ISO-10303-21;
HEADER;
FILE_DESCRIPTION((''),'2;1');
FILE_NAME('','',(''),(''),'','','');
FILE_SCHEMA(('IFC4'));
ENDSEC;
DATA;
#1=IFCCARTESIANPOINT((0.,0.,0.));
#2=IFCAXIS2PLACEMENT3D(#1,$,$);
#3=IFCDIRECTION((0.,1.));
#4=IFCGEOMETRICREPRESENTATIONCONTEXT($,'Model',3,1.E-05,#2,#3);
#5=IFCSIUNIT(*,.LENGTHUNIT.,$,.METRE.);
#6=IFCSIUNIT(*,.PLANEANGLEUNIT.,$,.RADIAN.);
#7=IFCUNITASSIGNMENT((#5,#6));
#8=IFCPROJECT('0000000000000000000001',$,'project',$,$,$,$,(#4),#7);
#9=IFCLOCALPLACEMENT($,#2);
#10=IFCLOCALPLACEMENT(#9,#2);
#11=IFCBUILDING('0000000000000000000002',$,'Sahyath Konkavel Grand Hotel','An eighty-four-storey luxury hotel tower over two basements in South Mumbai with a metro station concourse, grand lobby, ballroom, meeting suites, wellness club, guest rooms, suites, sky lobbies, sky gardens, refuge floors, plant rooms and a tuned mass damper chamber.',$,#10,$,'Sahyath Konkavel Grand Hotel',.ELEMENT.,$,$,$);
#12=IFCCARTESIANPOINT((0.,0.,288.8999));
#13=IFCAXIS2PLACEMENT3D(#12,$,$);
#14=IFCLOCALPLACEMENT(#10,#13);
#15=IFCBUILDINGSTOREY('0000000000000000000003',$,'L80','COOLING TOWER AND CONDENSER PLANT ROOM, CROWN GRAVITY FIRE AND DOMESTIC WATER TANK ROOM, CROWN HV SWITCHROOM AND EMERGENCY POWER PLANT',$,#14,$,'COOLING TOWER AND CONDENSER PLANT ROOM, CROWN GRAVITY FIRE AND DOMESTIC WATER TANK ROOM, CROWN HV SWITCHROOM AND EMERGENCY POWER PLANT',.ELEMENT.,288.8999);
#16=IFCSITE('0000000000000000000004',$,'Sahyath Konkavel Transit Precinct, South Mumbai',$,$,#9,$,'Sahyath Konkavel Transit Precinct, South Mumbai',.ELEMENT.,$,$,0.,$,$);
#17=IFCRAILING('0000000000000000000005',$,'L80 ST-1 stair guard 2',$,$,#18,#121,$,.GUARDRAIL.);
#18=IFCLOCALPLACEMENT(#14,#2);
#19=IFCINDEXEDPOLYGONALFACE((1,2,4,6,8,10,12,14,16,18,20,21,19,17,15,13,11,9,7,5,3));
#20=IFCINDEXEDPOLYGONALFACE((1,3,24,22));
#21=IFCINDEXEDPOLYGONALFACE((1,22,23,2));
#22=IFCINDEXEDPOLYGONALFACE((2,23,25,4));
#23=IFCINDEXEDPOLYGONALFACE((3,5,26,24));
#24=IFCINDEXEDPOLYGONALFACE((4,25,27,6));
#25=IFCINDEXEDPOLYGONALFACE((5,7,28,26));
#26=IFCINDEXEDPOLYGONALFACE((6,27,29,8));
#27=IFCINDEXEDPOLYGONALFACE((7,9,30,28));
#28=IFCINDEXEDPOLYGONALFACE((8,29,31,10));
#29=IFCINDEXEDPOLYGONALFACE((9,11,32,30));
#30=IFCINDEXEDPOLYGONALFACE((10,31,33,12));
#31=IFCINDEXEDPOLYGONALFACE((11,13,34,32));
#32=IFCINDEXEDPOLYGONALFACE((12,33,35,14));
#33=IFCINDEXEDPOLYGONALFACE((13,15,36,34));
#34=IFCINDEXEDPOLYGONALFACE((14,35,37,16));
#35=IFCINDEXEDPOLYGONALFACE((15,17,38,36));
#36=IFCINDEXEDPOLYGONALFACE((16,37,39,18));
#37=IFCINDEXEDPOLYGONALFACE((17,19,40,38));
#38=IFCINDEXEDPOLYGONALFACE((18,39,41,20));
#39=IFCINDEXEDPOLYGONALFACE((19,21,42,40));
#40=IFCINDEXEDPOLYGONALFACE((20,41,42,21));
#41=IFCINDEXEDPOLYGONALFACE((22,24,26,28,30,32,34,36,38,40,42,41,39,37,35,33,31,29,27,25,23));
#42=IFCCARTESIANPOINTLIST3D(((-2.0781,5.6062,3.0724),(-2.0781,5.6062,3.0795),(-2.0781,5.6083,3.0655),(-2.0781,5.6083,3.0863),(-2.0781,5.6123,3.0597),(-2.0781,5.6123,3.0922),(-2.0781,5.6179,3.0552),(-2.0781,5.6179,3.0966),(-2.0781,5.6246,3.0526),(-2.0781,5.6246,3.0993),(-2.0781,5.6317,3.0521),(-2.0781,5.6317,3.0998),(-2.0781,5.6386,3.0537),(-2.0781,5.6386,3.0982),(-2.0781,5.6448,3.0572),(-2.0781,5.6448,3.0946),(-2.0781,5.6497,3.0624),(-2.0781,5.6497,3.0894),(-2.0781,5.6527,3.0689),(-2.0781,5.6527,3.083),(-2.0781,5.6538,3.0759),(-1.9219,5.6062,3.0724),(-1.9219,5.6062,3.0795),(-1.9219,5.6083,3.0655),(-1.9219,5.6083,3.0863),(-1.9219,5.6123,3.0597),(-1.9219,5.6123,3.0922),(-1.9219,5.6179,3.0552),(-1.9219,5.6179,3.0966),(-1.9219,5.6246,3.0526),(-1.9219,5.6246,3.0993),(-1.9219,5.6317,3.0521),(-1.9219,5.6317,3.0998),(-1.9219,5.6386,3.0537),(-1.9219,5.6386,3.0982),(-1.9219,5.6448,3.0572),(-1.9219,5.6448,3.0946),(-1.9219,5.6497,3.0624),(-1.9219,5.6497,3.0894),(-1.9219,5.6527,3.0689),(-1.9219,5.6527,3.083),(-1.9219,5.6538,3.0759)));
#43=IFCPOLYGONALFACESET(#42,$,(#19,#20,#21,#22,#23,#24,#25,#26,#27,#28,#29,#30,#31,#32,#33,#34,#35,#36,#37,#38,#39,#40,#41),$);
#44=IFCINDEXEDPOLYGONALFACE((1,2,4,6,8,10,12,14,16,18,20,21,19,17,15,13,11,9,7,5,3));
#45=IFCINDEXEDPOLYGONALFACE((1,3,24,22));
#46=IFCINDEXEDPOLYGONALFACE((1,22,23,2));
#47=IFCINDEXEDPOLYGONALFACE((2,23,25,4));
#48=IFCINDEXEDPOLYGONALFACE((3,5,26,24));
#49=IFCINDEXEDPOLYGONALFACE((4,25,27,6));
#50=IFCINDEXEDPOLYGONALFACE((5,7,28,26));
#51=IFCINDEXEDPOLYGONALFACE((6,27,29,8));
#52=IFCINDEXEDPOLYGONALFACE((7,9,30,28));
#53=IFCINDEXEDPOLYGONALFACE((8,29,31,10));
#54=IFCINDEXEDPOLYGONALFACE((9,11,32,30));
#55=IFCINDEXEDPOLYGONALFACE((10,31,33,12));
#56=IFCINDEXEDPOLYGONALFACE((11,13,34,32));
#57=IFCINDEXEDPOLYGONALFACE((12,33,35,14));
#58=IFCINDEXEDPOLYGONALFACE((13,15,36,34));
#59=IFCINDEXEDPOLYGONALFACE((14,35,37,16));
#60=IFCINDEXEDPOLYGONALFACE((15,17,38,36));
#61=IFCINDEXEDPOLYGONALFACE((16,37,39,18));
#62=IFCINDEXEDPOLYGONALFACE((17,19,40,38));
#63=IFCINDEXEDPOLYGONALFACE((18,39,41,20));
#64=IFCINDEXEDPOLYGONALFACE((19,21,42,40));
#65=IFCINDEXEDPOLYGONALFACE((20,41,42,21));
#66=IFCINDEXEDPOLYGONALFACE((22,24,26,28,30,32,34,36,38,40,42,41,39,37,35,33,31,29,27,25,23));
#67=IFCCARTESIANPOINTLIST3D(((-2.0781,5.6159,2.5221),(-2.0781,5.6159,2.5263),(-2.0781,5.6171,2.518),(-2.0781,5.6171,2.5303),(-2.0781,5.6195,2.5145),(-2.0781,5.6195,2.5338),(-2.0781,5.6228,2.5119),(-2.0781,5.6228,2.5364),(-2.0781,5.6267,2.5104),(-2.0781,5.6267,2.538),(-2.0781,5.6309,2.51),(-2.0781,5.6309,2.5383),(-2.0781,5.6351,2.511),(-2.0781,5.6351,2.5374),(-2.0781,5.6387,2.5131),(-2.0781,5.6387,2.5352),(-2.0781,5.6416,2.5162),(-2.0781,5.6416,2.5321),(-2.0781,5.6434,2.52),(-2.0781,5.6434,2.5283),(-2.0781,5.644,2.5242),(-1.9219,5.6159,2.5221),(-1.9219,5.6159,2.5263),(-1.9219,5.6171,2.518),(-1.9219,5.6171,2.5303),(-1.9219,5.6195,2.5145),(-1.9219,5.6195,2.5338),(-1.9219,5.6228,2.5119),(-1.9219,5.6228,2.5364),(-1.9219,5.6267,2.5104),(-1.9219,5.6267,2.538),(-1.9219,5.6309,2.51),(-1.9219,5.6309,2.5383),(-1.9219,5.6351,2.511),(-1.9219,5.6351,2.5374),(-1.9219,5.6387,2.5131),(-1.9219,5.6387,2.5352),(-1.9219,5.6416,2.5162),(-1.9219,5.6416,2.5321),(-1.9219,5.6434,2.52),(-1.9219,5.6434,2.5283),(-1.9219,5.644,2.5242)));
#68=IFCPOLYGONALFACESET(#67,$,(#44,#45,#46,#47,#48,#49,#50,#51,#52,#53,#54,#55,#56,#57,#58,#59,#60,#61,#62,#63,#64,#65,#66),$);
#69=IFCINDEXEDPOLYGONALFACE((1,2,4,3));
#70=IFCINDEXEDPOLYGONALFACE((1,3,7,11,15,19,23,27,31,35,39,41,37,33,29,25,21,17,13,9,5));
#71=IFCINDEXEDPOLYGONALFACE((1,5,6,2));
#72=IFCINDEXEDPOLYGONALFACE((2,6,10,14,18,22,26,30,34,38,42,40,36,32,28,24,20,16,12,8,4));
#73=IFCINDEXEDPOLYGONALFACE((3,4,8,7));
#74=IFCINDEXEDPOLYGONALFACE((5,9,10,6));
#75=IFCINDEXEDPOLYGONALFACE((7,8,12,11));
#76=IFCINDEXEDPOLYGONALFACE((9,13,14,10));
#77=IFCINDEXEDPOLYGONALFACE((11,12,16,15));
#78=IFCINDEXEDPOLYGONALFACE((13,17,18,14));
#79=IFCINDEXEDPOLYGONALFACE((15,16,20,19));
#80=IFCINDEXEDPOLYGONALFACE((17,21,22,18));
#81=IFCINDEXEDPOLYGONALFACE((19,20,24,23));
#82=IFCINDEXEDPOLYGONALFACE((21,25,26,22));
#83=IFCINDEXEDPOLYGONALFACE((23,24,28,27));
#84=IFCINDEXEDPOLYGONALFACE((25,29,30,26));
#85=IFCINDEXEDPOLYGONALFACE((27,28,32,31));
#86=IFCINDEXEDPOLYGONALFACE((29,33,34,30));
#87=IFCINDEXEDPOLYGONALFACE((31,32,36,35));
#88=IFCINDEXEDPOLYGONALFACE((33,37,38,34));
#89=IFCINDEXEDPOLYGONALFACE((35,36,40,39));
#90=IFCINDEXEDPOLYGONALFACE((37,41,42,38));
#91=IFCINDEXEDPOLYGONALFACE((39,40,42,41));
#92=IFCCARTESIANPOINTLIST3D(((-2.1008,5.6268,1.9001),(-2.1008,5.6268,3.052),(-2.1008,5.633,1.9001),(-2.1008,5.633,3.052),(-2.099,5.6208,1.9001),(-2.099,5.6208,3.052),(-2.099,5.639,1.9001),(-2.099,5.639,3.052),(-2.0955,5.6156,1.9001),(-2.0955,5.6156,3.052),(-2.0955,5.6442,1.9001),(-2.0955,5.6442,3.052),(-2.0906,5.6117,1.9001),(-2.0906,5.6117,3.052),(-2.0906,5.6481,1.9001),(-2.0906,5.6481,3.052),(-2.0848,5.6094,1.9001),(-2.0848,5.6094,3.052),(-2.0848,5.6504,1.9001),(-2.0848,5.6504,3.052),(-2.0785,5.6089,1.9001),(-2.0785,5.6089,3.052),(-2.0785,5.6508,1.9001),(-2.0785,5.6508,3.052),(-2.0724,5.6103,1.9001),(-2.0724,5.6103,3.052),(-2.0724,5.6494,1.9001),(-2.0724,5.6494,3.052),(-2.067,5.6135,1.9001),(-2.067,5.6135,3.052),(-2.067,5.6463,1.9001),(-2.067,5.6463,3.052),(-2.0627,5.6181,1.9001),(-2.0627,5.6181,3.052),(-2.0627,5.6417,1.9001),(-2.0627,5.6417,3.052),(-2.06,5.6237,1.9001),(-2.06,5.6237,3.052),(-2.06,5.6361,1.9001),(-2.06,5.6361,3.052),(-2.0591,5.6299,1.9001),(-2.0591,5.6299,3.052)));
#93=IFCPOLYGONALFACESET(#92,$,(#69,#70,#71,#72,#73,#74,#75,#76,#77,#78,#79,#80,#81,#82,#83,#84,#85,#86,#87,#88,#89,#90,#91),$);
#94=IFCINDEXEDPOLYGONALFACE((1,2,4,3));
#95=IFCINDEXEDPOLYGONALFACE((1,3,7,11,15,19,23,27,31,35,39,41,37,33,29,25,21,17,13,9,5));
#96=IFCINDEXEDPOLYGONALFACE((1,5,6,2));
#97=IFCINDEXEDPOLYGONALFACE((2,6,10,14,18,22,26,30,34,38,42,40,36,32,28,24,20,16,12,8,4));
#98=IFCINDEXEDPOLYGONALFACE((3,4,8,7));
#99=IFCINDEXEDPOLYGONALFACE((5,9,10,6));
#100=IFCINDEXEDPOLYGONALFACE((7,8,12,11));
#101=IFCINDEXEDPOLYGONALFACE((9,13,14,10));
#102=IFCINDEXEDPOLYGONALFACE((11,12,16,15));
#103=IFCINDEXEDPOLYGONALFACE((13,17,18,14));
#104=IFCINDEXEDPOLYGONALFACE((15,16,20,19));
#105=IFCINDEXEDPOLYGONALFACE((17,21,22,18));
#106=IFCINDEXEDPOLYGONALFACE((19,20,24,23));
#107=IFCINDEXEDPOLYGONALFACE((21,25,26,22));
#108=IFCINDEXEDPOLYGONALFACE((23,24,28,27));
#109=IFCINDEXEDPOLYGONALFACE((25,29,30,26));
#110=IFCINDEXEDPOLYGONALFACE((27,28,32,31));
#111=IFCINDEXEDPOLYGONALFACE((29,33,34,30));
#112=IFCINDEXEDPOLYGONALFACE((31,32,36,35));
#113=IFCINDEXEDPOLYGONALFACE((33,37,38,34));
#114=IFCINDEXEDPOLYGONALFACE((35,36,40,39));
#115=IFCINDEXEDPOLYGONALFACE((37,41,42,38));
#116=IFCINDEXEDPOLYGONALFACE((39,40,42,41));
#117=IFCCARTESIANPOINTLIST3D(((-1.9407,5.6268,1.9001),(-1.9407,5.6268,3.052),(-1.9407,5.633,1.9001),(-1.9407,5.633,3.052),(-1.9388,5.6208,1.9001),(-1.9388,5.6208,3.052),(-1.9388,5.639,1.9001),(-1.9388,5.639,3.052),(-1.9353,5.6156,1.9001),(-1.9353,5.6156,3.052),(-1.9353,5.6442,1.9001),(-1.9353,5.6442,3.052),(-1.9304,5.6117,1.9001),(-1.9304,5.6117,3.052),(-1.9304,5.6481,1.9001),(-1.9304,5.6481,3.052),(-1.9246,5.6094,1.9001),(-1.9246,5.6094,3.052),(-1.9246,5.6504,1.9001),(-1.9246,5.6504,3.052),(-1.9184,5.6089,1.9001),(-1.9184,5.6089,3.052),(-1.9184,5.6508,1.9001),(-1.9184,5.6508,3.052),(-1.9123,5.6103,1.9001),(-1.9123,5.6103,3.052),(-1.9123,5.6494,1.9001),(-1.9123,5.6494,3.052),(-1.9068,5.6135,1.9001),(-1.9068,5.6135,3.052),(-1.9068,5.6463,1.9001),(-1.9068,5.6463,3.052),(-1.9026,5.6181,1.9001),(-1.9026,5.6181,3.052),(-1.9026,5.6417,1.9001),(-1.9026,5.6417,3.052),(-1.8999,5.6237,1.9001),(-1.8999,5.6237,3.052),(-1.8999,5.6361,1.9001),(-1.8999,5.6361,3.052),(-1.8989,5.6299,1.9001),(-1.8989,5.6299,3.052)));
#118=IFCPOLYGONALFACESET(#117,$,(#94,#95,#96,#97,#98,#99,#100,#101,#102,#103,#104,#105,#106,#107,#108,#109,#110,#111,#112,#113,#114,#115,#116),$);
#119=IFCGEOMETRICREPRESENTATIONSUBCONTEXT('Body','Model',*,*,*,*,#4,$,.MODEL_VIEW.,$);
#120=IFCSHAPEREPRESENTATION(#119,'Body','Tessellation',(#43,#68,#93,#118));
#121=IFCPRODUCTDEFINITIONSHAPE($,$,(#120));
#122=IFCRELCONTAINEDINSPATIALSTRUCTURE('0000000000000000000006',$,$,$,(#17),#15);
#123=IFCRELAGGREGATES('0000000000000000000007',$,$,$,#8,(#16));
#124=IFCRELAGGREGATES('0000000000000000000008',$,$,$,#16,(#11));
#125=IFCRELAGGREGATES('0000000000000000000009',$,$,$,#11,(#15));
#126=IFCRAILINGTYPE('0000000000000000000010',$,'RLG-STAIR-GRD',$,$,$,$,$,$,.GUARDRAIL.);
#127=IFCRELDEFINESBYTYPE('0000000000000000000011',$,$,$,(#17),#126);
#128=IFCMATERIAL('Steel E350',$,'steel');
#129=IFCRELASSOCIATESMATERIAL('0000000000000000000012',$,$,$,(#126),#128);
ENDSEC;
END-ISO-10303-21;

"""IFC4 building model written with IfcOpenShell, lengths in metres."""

from ifc_helpers import new_model, si_unit, direction, frame, origin, origin_2d, place, context, subcontext, project, spatial, circle, extrude, material, type_object, element, save


model = new_model("IFC4")

# Units and contexts
model_context = context("Model", 3, precision=1e-05, world=origin(), true_north=direction((0.0, 1.0)))
body_context = subcontext(model_context, "Body", "Model", "MODEL_VIEW")
ifc_project = project(units=[si_unit("LENGTHUNIT", "METRE"), si_unit("PLANEANGLEUNIT", "RADIAN")], contexts=[model_context])

# Site, building, storey
site_placement = place(None, origin())
site = spatial("IfcSite", under=ifc_project, at=site_placement, Name="Sahyath Konkavel Transit Precinct, South Mumbai", LongName="Sahyath Konkavel Transit Precinct, South Mumbai", CompositionType="ELEMENT", RefElevation=0.0)
building_placement = place(site_placement, origin())
building = spatial("IfcBuilding", under=site, at=building_placement, Name="Sahyath Konkavel Grand Hotel", Description="An eighty-four-storey luxury hotel tower over two basements in South Mumbai with a metro station concourse, grand lobby, ballroom, meeting suites, wellness club, guest rooms, suites, sky lobbies, sky gardens, refuge floors, plant rooms and a tuned mass damper chamber.", LongName="Sahyath Konkavel Grand Hotel", CompositionType="ELEMENT")
storey_placement = place(building_placement, frame((0.0, 0.0, 288.8999)))
storey = spatial("IfcBuildingStorey", under=building, at=storey_placement, Name="L80", Description="COOLING TOWER AND CONDENSER PLANT ROOM, CROWN GRAVITY FIRE AND DOMESTIC WATER TANK ROOM, CROWN HV SWITCHROOM AND EMERGENCY POWER PLANT", LongName="COOLING TOWER AND CONDENSER PLANT ROOM, CROWN GRAVITY FIRE AND DOMESTIC WATER TANK ROOM, CROWN HV SWITCHROOM AND EMERGENCY POWER PLANT", CompositionType="ELEMENT", Elevation=288.8999)

# Shared definitions
ifc_material_1 = material(Name="Steel E350", Category="steel")

# Railing
railing_type_1 = type_object("IfcRailingType", Name="RLG-STAIR-GRD", PredefinedType="GUARDRAIL", material=ifc_material_1)
railing_1_placement = place(storey_placement, frame((-2.0801, 5.6299, 1.9001)))
element("IfcRailing", 1, at=railing_1_placement, inside=storey, type_object=railing_type_1, Name="L80 ST-1 stair guard 2", PredefinedType="GUARDRAIL", context=body_context, shape_type="SweptSolid", body=[
    extrude(circle(Radius=0.0239, at=origin_2d()), frame((0.002, 0.0, 1.1758), z_axis=(1.0, 0.0, 0.0), x_axis=(0.0, 1.0, 0.0)), (0.0, 0.0, 1.0), 0.1562),
    extrude(circle(Radius=0.0142, at=origin_2d()), frame((0.002, 0.0, 0.624), z_axis=(1.0, 0.0, 0.0), x_axis=(0.0, 1.0, 0.0)), (0.0, 0.0, 1.0), 0.1562),
    extrude(circle(Radius=0.021, at=origin_2d()), origin(), (0.0, 0.0, 1.0), 1.1519),
    extrude(circle(Radius=0.021, at=origin_2d()), frame((0.1602, 0.0, 0.0)), (0.0, 0.0, 1.0), 1.1519),
])

save(model, "model.ifc")
